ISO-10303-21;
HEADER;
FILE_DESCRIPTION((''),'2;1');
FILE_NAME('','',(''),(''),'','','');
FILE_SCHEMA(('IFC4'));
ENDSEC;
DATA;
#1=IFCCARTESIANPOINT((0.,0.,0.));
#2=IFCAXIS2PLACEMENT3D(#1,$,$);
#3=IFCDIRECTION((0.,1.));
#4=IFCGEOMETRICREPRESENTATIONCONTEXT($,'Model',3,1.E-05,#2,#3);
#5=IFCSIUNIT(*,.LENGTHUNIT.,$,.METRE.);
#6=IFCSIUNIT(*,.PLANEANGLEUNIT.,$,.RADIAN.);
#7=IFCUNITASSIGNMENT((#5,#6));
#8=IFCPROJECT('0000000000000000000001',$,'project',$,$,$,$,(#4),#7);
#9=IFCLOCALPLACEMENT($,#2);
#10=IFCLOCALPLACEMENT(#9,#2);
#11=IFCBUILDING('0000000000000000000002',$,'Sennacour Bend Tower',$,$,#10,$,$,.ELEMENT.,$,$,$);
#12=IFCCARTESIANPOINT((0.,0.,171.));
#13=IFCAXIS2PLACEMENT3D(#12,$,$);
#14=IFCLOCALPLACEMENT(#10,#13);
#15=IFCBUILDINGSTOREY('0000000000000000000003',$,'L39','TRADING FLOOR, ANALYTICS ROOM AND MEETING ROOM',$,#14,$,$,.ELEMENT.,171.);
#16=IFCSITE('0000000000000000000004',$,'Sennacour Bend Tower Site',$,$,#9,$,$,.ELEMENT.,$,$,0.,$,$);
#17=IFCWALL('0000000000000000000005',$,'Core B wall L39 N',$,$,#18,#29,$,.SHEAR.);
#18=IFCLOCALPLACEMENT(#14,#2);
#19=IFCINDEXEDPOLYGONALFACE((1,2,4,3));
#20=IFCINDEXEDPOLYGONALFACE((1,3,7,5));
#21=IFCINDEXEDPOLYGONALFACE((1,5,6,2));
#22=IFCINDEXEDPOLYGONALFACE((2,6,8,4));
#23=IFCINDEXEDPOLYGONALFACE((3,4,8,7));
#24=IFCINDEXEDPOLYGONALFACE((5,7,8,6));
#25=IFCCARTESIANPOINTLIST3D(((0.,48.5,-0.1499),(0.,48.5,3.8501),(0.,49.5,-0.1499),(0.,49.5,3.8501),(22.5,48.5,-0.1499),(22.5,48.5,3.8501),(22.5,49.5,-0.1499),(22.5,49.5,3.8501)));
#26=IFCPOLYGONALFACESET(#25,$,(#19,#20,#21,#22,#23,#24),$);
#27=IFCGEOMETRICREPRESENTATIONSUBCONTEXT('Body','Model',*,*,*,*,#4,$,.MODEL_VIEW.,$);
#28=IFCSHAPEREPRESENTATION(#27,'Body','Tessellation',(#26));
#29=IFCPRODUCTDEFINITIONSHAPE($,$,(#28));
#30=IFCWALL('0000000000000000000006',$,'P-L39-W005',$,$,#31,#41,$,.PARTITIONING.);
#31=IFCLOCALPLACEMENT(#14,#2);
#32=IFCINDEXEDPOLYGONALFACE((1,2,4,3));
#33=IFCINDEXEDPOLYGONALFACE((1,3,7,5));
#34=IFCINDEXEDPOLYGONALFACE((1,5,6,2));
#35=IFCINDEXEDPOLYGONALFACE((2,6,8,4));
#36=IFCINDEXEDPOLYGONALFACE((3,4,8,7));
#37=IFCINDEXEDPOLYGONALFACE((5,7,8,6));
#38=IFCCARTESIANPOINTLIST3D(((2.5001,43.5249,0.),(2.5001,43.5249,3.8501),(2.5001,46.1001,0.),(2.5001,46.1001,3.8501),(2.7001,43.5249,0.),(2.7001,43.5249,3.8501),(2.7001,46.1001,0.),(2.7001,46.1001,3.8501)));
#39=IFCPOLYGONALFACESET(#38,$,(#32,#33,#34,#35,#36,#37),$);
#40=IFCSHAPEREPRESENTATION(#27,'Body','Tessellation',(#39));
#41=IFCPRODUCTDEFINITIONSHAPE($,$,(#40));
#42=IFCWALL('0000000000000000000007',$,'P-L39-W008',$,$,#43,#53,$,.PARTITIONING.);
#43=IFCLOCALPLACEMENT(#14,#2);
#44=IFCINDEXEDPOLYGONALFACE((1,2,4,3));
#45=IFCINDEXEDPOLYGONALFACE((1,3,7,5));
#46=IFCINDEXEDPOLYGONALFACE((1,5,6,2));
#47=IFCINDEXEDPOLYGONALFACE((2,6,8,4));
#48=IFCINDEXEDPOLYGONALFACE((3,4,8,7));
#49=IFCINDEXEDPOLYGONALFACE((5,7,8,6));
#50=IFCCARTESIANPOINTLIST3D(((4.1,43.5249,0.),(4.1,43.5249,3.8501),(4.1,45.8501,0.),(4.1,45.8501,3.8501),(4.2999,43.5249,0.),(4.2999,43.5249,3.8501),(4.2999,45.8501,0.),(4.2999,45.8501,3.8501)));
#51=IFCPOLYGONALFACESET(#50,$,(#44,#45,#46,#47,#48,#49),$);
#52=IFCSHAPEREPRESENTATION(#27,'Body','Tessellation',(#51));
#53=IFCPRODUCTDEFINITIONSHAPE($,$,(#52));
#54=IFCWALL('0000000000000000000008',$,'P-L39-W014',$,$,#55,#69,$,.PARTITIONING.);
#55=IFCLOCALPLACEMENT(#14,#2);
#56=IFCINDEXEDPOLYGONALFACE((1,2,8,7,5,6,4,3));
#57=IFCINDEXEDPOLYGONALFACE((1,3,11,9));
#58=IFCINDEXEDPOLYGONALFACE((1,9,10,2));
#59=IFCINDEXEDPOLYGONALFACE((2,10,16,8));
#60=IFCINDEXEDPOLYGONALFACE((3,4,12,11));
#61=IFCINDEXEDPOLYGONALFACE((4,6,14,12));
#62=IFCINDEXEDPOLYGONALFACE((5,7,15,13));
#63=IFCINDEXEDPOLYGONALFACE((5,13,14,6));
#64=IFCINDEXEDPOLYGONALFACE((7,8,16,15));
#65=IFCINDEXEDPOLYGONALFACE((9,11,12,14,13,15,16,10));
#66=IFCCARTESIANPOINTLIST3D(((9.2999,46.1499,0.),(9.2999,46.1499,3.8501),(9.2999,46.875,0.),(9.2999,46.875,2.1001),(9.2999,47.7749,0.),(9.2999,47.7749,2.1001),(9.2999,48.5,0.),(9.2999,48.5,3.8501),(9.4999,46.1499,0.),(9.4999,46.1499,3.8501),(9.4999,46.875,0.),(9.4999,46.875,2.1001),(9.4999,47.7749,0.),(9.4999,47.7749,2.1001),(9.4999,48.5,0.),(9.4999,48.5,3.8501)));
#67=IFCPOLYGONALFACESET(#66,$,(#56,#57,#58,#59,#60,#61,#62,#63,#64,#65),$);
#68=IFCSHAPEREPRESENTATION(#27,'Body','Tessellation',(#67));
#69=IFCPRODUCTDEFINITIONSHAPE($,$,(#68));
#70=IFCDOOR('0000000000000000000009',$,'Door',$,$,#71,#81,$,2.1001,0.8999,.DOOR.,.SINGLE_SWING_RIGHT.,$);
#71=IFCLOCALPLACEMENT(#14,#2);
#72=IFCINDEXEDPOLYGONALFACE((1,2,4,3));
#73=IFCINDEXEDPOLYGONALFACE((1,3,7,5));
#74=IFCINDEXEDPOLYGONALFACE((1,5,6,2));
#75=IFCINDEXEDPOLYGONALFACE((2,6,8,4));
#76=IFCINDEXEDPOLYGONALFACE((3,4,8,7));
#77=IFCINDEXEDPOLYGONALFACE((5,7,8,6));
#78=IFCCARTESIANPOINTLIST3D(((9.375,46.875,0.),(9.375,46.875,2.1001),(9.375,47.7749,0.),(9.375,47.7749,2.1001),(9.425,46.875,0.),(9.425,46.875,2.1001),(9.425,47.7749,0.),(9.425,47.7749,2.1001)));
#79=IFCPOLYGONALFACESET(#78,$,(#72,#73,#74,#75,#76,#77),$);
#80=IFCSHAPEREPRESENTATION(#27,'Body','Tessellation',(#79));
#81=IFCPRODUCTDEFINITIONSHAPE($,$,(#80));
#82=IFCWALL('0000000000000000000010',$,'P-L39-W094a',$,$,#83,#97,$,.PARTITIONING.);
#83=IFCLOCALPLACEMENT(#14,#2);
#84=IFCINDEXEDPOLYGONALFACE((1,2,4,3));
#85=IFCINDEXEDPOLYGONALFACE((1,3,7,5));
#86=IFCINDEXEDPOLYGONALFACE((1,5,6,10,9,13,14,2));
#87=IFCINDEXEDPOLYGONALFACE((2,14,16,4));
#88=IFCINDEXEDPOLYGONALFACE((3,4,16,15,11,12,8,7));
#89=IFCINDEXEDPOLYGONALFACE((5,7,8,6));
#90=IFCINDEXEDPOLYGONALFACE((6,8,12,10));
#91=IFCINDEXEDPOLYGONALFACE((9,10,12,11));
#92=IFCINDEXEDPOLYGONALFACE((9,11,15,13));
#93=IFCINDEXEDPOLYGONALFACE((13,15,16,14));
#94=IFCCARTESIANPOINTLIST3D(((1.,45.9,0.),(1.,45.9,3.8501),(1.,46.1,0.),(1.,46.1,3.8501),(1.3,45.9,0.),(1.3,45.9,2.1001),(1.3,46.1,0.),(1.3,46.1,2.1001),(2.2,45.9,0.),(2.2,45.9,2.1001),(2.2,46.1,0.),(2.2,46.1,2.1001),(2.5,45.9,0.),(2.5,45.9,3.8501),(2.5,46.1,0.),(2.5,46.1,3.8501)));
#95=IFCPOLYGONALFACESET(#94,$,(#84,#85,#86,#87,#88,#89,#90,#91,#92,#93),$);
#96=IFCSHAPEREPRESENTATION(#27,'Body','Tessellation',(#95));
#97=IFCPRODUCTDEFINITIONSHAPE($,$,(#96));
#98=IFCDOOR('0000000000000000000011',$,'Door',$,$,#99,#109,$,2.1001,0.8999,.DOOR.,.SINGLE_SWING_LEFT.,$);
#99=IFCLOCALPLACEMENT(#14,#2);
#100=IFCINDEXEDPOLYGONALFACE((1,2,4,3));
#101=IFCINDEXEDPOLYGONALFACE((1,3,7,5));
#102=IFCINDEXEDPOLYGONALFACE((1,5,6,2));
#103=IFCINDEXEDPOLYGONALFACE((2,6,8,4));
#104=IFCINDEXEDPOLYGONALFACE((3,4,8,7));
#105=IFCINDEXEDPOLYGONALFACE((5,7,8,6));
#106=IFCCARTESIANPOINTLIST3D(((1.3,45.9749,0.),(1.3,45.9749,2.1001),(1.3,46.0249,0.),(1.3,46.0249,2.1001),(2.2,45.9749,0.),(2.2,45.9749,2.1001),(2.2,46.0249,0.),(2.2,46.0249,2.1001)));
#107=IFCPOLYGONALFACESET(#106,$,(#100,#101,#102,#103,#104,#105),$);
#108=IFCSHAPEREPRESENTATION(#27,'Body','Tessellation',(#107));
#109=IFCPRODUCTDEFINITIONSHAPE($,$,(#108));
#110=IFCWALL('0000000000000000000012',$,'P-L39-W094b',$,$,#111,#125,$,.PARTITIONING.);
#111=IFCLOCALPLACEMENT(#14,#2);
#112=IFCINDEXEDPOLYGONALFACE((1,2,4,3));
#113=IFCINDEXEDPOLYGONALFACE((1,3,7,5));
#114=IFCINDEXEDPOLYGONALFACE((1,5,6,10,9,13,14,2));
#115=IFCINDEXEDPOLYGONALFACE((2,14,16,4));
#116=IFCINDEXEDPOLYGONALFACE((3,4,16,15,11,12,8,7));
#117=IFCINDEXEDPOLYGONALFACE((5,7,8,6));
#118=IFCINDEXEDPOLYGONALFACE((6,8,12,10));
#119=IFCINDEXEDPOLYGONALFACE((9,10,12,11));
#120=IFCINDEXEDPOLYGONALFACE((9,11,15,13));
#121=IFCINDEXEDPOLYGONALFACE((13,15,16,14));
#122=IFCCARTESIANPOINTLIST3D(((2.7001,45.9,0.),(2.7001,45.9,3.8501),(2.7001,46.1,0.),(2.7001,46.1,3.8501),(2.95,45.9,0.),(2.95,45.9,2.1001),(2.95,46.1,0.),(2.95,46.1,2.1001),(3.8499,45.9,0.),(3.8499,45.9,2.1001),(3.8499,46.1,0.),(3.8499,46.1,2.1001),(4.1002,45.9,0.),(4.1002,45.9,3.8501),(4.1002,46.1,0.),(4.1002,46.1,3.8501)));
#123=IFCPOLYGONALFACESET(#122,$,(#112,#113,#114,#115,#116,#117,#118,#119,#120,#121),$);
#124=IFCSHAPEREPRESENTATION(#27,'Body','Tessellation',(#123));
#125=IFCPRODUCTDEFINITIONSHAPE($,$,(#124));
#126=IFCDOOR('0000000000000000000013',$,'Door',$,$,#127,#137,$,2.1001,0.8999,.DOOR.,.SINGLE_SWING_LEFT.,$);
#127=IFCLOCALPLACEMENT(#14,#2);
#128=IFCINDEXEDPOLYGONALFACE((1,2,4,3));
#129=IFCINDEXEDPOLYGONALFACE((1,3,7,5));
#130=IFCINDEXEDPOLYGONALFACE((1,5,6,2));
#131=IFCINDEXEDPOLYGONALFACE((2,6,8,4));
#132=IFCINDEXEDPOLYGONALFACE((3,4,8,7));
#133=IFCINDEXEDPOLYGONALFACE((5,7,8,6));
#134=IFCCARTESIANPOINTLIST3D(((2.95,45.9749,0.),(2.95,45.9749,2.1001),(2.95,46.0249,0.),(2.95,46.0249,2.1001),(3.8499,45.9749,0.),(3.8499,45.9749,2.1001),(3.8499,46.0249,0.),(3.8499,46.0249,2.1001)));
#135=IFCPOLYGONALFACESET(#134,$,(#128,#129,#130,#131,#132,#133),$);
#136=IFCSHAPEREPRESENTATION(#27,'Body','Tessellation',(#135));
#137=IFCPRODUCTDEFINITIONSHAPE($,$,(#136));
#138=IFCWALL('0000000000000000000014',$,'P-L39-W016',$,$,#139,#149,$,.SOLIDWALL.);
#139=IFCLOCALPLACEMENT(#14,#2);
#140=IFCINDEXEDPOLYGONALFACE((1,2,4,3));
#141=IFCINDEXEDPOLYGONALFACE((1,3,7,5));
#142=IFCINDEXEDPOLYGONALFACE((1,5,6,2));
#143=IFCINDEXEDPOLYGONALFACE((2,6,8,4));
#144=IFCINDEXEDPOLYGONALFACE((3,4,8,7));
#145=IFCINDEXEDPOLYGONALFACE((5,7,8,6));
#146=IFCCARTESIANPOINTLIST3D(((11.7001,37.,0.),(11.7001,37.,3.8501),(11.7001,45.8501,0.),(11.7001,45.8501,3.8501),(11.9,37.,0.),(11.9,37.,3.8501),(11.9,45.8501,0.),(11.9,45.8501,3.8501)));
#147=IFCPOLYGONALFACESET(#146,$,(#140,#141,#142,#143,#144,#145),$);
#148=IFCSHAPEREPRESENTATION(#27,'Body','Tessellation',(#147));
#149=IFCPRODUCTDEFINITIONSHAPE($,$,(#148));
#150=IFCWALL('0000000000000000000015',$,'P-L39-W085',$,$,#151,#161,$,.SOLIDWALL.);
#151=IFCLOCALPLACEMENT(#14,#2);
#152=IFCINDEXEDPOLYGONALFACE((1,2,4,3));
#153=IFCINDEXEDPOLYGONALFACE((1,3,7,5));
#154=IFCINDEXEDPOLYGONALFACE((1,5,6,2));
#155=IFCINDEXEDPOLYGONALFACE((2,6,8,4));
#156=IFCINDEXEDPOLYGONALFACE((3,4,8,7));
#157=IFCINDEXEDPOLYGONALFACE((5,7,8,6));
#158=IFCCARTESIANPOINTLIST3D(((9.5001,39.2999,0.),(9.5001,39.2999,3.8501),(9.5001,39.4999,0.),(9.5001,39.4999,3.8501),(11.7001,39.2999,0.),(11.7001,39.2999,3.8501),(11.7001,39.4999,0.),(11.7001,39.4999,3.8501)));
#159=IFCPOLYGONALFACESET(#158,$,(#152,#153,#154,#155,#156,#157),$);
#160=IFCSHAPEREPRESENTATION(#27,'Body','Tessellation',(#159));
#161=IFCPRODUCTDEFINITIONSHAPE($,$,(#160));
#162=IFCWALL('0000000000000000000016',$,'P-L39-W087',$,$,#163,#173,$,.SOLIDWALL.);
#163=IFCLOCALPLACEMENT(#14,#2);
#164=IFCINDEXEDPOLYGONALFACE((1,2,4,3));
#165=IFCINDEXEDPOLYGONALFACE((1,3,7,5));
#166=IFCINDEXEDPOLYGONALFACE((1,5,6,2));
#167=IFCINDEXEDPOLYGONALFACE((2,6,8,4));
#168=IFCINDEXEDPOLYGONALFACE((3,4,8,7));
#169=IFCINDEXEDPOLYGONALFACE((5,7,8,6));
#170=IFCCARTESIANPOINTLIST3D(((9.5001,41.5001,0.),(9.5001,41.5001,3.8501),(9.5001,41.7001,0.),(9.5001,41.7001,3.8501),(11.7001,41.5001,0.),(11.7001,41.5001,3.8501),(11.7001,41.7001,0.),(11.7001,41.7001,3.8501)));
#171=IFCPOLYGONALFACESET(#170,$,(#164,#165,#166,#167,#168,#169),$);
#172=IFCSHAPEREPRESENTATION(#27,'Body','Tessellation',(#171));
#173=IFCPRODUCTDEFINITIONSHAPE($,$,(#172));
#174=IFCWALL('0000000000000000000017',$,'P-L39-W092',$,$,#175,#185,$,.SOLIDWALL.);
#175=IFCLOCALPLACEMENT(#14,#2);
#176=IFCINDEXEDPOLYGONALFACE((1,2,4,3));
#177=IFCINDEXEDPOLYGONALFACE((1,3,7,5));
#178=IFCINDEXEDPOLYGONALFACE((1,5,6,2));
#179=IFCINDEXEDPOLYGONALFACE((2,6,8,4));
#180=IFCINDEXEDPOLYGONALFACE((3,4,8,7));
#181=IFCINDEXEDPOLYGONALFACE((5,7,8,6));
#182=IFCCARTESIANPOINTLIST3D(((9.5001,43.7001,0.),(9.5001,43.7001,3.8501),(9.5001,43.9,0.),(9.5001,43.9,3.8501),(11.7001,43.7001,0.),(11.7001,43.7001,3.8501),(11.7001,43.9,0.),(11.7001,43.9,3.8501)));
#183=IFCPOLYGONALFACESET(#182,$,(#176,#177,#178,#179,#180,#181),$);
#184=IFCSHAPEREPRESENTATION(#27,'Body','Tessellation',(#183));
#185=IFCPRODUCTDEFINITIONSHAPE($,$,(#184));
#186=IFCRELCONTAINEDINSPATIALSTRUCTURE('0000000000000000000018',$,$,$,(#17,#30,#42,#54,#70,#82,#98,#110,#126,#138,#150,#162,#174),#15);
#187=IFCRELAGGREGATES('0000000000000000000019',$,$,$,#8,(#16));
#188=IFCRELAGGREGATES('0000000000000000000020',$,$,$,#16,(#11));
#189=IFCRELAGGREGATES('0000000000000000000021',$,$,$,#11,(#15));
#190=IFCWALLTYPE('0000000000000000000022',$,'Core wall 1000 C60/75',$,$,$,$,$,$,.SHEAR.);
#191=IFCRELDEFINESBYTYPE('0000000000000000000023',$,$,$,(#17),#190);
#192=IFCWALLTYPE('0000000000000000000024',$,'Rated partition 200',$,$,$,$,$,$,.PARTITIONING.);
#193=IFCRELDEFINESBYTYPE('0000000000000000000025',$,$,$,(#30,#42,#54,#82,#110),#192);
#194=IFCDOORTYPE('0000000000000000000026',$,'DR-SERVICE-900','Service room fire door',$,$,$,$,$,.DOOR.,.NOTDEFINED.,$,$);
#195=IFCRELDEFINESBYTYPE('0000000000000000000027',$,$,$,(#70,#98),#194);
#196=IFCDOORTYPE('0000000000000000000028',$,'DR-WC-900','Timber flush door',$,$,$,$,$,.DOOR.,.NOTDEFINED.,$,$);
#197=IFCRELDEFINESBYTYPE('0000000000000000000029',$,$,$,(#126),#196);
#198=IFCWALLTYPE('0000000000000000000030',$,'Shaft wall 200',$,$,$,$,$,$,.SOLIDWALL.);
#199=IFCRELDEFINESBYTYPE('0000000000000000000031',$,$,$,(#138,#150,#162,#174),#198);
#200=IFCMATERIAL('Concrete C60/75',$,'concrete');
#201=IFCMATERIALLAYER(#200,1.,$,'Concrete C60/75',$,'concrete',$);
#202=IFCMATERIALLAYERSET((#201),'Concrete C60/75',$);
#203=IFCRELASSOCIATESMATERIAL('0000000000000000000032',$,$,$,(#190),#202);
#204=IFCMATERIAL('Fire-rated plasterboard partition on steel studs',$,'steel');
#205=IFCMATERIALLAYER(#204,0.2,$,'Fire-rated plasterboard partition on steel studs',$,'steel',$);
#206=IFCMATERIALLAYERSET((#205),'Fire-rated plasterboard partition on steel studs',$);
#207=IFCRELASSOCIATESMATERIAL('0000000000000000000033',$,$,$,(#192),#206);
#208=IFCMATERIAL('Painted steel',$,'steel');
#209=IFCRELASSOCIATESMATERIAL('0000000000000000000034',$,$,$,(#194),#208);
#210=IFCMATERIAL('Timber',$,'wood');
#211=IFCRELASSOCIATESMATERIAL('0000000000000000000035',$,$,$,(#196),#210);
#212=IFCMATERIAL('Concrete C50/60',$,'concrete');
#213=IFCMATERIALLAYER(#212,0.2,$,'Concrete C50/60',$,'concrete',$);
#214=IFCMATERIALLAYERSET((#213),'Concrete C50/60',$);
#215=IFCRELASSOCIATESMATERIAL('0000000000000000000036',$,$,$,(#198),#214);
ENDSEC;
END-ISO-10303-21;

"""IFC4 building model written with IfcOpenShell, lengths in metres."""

from ifc_helpers import new_model, si_unit, direction, frame, frame_2d, origin, place, context, subcontext, project, spatial, rectangle, extrude, material, layer, layer_set, type_object, element, fill, save


model = new_model("IFC4")

# Units and contexts
model_context = context("Model", 3, precision=1e-05, world=origin(), true_north=direction((0.0, 1.0)))
body_context = subcontext(model_context, "Body", "Model", "MODEL_VIEW")
ifc_project = project(units=[si_unit("LENGTHUNIT", "METRE"), si_unit("PLANEANGLEUNIT", "RADIAN")], contexts=[model_context])

# Site, building, storey
site_placement = place(None, origin())
site = spatial("IfcSite", under=ifc_project, at=site_placement, Name="Sennacour Bend Tower Site", CompositionType="ELEMENT", RefElevation=0.0)
building_placement = place(site_placement, origin())
building = spatial("IfcBuilding", under=site, at=building_placement, Name="Sennacour Bend Tower", CompositionType="ELEMENT")
storey_placement = place(building_placement, frame((0.0, 0.0, 171.0)))
storey = spatial("IfcBuildingStorey", under=building, at=storey_placement, Name="L39", Description="TRADING FLOOR, ANALYTICS ROOM AND MEETING ROOM", CompositionType="ELEMENT", Elevation=171.0)

# Walls
ifc_material_1 = material(Name="Concrete C60/75", Category="concrete")
ifc_layer_1 = layer(ifc_material_1, 1.0, Name="Concrete C60/75", Category="concrete")
ifc_layer_set_1 = layer_set([ifc_layer_1], Name="Concrete C60/75")
wall_type_1 = type_object("IfcWallType", Name="Core wall 1000 C60/75", PredefinedType="SHEAR", material=ifc_layer_set_1)
wall_1_placement = place(storey_placement, frame((0.0, 49.0, -0.1499), z_axis=(0.0, 0.0, 1.0), x_axis=(1.0, 0.0, 0.0)))
element("IfcWall", 1, at=wall_1_placement, inside=storey, type_object=wall_type_1, Name="Core B wall L39 N", PredefinedType="SHEAR", context=body_context, shape_type="SweptSolid", body=[
    extrude(rectangle(XDim=22.5, YDim=1.0, at=frame_2d((11.25, 0.0))), origin(), (0.0, 0.0, 1.0), 4.0),
])
ifc_material_2 = material(Name="Fire-rated plasterboard partition on steel studs", Category="steel")
ifc_layer_2 = layer(ifc_material_2, 0.2, Name="Fire-rated plasterboard partition on steel studs", Category="steel")
ifc_layer_set_2 = layer_set([ifc_layer_2], Name="Fire-rated plasterboard partition on steel studs")
wall_type_2 = type_object("IfcWallType", Name="Rated partition 200", PredefinedType="PARTITIONING", material=ifc_layer_set_2)
wall_2_placement = place(storey_placement, frame((2.6001, 43.5249, 0.0), z_axis=(0.0, 0.0, 1.0), x_axis=(0.0, 1.0, 0.0)))
element("IfcWall", 2, at=wall_2_placement, inside=storey, type_object=wall_type_2, Name="P-L39-W005", PredefinedType="PARTITIONING", context=body_context, shape_type="SweptSolid", body=[
    extrude(rectangle(XDim=2.5752, YDim=0.2, at=frame_2d((1.2876, 0.0))), origin(), (0.0, 0.0, 1.0), 3.8501),
])
wall_3_placement = place(storey_placement, frame((4.2, 43.5249, 0.0), z_axis=(0.0, 0.0, 1.0), x_axis=(0.0, 1.0, 0.0)))
element("IfcWall", 3, at=wall_3_placement, inside=storey, type_object=wall_type_2, Name="P-L39-W008", PredefinedType="PARTITIONING", context=body_context, shape_type="SweptSolid", body=[
    extrude(rectangle(XDim=2.3252, YDim=0.2, at=frame_2d((1.1626, 0.0))), origin(), (0.0, 0.0, 1.0), 3.8501),
])

# Walls, openings, doors
wall_4_placement = place(storey_placement, frame((9.3999, 46.1499, 0.0), z_axis=(0.0, 0.0, 1.0), x_axis=(0.0, 1.0, 0.0)))
wall_4 = element("IfcWall", 4, at=wall_4_placement, inside=storey, type_object=wall_type_2, Name="P-L39-W014", PredefinedType="PARTITIONING", context=body_context, shape_type="SweptSolid", body=[
    extrude(rectangle(XDim=2.3501, YDim=0.2, at=frame_2d((1.175, 0.0))), origin(), (0.0, 0.0, 1.0), 3.8501),
])
opening_1_placement = place(wall_4_placement, frame((0.7251, 0.0, 0.0)))
opening_1 = element("IfcOpeningElement", 5, at=opening_1_placement, cuts=wall_4, PredefinedType="OPENING", context=body_context, shape_type="SweptSolid", body=[
    extrude(rectangle(XDim=0.8999, YDim=2.1001, at=frame_2d((0.45, 1.05))), frame((0.0, 0.1099, 0.0), z_axis=(0.0, -1.0, 0.0), x_axis=(1.0, 0.0, 0.0)), (0.0, 0.0, 1.0), 0.22),
])
ifc_material_3 = material(Name="Painted steel", Category="steel")
door_type_1 = type_object("IfcDoorType", Name="DR-SERVICE-900", Description="Service room fire door", OperationType="NOTDEFINED", PredefinedType="DOOR", material=ifc_material_3)
door_1_placement = place(opening_1_placement, origin())
door_1 = element("IfcDoor", 6, at=door_1_placement, inside=storey, type_object=door_type_1, Name="Door", OperationType="SINGLE_SWING_RIGHT", OverallHeight=2.1001, OverallWidth=0.8999, PredefinedType="DOOR", context=body_context, shape_type="SweptSolid", body=[
    extrude(rectangle(XDim=0.8999, YDim=2.1001, at=frame_2d((0.45, 1.05))), frame((0.0, 0.0249, 0.0), z_axis=(0.0, -1.0, 0.0), x_axis=(1.0, 0.0, 0.0)), (0.0, 0.0, 1.0), 0.05),
])
fill(opening_1, door_1)
wall_5_placement = place(storey_placement, frame((1.0, 46.0, 0.0), z_axis=(0.0, 0.0, 1.0), x_axis=(1.0, 0.0, 0.0)))
wall_5 = element("IfcWall", 7, at=wall_5_placement, inside=storey, type_object=wall_type_2, Name="P-L39-W094a", PredefinedType="PARTITIONING", context=body_context, shape_type="SweptSolid", body=[
    extrude(rectangle(XDim=1.5, YDim=0.2, at=frame_2d((0.75, 0.0))), origin(), (0.0, 0.0, 1.0), 3.8501),
])
opening_2_placement = place(wall_5_placement, frame((0.3, 0.0, 0.0)))
opening_2 = element("IfcOpeningElement", 8, at=opening_2_placement, cuts=wall_5, PredefinedType="OPENING", context=body_context, shape_type="SweptSolid", body=[
    extrude(rectangle(XDim=0.8999, YDim=2.1001, at=frame_2d((0.45, 1.05))), frame((0.0, 0.1099, 0.0), z_axis=(0.0, -1.0, 0.0), x_axis=(1.0, 0.0, 0.0)), (0.0, 0.0, 1.0), 0.22),
])
door_2_placement = place(opening_2_placement, origin())
door_2 = element("IfcDoor", 9, at=door_2_placement, inside=storey, type_object=door_type_1, Name="Door", OperationType="SINGLE_SWING_LEFT", OverallHeight=2.1001, OverallWidth=0.8999, PredefinedType="DOOR", context=body_context, shape_type="SweptSolid", body=[
    extrude(rectangle(XDim=0.8999, YDim=2.1001, at=frame_2d((0.45, 1.05))), frame((0.0, 0.0249, 0.0), z_axis=(0.0, -1.0, 0.0), x_axis=(1.0, 0.0, 0.0)), (0.0, 0.0, 1.0), 0.05),
])
fill(opening_2, door_2)
wall_6_placement = place(storey_placement, frame((2.7, 46.0, 0.0), z_axis=(0.0, 0.0, 1.0), x_axis=(1.0, 0.0, 0.0)))
wall_6 = element("IfcWall", 10, at=wall_6_placement, inside=storey, type_object=wall_type_2, Name="P-L39-W094b", PredefinedType="PARTITIONING", context=body_context, shape_type="SweptSolid", body=[
    extrude(rectangle(XDim=1.4001, YDim=0.2, at=frame_2d((0.7002, 0.0))), origin(), (0.0, 0.0, 1.0), 3.8501),
])
opening_3_placement = place(wall_6_placement, frame((0.25, 0.0, 0.0)))
opening_3 = element("IfcOpeningElement", 11, at=opening_3_placement, cuts=wall_6, PredefinedType="OPENING", context=body_context, shape_type="SweptSolid", body=[
    extrude(rectangle(XDim=0.8999, YDim=2.1001, at=frame_2d((0.45, 1.05))), frame((0.0, 0.1099, 0.0), z_axis=(0.0, -1.0, 0.0), x_axis=(1.0, 0.0, 0.0)), (0.0, 0.0, 1.0), 0.22),
])
ifc_material_4 = material(Name="Timber", Category="wood")
door_type_2 = type_object("IfcDoorType", Name="DR-WC-900", Description="Timber flush door", OperationType="NOTDEFINED", PredefinedType="DOOR", material=ifc_material_4)
door_3_placement = place(opening_3_placement, origin())
door_3 = element("IfcDoor", 12, at=door_3_placement, inside=storey, type_object=door_type_2, Name="Door", OperationType="SINGLE_SWING_LEFT", OverallHeight=2.1001, OverallWidth=0.8999, PredefinedType="DOOR", context=body_context, shape_type="SweptSolid", body=[
    extrude(rectangle(XDim=0.8999, YDim=2.1001, at=frame_2d((0.45, 1.05))), frame((0.0, 0.0249, 0.0), z_axis=(0.0, -1.0, 0.0), x_axis=(1.0, 0.0, 0.0)), (0.0, 0.0, 1.0), 0.05),
])
fill(opening_3, door_3)

# Walls
ifc_material_5 = material(Name="Concrete C50/60", Category="concrete")
ifc_layer_3 = layer(ifc_material_5, 0.2, Name="Concrete C50/60", Category="concrete")
ifc_layer_set_3 = layer_set([ifc_layer_3], Name="Concrete C50/60")
wall_type_3 = type_object("IfcWallType", Name="Shaft wall 200", PredefinedType="SOLIDWALL", material=ifc_layer_set_3)
wall_7_placement = place(storey_placement, frame((11.8, 37.0, 0.0), z_axis=(0.0, 0.0, 1.0), x_axis=(0.0, 1.0, 0.0)))
element("IfcWall", 13, at=wall_7_placement, inside=storey, type_object=wall_type_3, Name="P-L39-W016", PredefinedType="SOLIDWALL", context=body_context, shape_type="SweptSolid", body=[
    extrude(rectangle(XDim=8.8501, YDim=0.2, at=frame_2d((4.425, 0.0))), origin(), (0.0, 0.0, 1.0), 3.8501),
])
for number, where, z_axis, x_axis, name in (
    (14, (9.5, 39.3999, 0.0), (0.0, 0.0, 1.0), (1.0, 0.0, 0.0), "P-L39-W085"),
    (15, (9.5, 41.6001, 0.0), (0.0, 0.0, 1.0), (1.0, 0.0, 0.0), "P-L39-W087"),
    (16, (9.5, 43.8, 0.0), (0.0, 0.0, 1.0), (1.0, 0.0, 0.0), "P-L39-W092"),
):
    element("IfcWall", number, at=place(storey_placement, frame(where, z_axis=z_axis, x_axis=x_axis)), inside=storey, type_object=wall_type_3, Name=name, PredefinedType="SOLIDWALL", context=body_context, shape_type="SweptSolid", body=[
        extrude(rectangle(XDim=2.2, YDim=0.2, at=frame_2d((1.1001, 0.0))), origin(), (0.0, 0.0, 1.0), 3.8501),
    ])

save(model, "model.ifc")
